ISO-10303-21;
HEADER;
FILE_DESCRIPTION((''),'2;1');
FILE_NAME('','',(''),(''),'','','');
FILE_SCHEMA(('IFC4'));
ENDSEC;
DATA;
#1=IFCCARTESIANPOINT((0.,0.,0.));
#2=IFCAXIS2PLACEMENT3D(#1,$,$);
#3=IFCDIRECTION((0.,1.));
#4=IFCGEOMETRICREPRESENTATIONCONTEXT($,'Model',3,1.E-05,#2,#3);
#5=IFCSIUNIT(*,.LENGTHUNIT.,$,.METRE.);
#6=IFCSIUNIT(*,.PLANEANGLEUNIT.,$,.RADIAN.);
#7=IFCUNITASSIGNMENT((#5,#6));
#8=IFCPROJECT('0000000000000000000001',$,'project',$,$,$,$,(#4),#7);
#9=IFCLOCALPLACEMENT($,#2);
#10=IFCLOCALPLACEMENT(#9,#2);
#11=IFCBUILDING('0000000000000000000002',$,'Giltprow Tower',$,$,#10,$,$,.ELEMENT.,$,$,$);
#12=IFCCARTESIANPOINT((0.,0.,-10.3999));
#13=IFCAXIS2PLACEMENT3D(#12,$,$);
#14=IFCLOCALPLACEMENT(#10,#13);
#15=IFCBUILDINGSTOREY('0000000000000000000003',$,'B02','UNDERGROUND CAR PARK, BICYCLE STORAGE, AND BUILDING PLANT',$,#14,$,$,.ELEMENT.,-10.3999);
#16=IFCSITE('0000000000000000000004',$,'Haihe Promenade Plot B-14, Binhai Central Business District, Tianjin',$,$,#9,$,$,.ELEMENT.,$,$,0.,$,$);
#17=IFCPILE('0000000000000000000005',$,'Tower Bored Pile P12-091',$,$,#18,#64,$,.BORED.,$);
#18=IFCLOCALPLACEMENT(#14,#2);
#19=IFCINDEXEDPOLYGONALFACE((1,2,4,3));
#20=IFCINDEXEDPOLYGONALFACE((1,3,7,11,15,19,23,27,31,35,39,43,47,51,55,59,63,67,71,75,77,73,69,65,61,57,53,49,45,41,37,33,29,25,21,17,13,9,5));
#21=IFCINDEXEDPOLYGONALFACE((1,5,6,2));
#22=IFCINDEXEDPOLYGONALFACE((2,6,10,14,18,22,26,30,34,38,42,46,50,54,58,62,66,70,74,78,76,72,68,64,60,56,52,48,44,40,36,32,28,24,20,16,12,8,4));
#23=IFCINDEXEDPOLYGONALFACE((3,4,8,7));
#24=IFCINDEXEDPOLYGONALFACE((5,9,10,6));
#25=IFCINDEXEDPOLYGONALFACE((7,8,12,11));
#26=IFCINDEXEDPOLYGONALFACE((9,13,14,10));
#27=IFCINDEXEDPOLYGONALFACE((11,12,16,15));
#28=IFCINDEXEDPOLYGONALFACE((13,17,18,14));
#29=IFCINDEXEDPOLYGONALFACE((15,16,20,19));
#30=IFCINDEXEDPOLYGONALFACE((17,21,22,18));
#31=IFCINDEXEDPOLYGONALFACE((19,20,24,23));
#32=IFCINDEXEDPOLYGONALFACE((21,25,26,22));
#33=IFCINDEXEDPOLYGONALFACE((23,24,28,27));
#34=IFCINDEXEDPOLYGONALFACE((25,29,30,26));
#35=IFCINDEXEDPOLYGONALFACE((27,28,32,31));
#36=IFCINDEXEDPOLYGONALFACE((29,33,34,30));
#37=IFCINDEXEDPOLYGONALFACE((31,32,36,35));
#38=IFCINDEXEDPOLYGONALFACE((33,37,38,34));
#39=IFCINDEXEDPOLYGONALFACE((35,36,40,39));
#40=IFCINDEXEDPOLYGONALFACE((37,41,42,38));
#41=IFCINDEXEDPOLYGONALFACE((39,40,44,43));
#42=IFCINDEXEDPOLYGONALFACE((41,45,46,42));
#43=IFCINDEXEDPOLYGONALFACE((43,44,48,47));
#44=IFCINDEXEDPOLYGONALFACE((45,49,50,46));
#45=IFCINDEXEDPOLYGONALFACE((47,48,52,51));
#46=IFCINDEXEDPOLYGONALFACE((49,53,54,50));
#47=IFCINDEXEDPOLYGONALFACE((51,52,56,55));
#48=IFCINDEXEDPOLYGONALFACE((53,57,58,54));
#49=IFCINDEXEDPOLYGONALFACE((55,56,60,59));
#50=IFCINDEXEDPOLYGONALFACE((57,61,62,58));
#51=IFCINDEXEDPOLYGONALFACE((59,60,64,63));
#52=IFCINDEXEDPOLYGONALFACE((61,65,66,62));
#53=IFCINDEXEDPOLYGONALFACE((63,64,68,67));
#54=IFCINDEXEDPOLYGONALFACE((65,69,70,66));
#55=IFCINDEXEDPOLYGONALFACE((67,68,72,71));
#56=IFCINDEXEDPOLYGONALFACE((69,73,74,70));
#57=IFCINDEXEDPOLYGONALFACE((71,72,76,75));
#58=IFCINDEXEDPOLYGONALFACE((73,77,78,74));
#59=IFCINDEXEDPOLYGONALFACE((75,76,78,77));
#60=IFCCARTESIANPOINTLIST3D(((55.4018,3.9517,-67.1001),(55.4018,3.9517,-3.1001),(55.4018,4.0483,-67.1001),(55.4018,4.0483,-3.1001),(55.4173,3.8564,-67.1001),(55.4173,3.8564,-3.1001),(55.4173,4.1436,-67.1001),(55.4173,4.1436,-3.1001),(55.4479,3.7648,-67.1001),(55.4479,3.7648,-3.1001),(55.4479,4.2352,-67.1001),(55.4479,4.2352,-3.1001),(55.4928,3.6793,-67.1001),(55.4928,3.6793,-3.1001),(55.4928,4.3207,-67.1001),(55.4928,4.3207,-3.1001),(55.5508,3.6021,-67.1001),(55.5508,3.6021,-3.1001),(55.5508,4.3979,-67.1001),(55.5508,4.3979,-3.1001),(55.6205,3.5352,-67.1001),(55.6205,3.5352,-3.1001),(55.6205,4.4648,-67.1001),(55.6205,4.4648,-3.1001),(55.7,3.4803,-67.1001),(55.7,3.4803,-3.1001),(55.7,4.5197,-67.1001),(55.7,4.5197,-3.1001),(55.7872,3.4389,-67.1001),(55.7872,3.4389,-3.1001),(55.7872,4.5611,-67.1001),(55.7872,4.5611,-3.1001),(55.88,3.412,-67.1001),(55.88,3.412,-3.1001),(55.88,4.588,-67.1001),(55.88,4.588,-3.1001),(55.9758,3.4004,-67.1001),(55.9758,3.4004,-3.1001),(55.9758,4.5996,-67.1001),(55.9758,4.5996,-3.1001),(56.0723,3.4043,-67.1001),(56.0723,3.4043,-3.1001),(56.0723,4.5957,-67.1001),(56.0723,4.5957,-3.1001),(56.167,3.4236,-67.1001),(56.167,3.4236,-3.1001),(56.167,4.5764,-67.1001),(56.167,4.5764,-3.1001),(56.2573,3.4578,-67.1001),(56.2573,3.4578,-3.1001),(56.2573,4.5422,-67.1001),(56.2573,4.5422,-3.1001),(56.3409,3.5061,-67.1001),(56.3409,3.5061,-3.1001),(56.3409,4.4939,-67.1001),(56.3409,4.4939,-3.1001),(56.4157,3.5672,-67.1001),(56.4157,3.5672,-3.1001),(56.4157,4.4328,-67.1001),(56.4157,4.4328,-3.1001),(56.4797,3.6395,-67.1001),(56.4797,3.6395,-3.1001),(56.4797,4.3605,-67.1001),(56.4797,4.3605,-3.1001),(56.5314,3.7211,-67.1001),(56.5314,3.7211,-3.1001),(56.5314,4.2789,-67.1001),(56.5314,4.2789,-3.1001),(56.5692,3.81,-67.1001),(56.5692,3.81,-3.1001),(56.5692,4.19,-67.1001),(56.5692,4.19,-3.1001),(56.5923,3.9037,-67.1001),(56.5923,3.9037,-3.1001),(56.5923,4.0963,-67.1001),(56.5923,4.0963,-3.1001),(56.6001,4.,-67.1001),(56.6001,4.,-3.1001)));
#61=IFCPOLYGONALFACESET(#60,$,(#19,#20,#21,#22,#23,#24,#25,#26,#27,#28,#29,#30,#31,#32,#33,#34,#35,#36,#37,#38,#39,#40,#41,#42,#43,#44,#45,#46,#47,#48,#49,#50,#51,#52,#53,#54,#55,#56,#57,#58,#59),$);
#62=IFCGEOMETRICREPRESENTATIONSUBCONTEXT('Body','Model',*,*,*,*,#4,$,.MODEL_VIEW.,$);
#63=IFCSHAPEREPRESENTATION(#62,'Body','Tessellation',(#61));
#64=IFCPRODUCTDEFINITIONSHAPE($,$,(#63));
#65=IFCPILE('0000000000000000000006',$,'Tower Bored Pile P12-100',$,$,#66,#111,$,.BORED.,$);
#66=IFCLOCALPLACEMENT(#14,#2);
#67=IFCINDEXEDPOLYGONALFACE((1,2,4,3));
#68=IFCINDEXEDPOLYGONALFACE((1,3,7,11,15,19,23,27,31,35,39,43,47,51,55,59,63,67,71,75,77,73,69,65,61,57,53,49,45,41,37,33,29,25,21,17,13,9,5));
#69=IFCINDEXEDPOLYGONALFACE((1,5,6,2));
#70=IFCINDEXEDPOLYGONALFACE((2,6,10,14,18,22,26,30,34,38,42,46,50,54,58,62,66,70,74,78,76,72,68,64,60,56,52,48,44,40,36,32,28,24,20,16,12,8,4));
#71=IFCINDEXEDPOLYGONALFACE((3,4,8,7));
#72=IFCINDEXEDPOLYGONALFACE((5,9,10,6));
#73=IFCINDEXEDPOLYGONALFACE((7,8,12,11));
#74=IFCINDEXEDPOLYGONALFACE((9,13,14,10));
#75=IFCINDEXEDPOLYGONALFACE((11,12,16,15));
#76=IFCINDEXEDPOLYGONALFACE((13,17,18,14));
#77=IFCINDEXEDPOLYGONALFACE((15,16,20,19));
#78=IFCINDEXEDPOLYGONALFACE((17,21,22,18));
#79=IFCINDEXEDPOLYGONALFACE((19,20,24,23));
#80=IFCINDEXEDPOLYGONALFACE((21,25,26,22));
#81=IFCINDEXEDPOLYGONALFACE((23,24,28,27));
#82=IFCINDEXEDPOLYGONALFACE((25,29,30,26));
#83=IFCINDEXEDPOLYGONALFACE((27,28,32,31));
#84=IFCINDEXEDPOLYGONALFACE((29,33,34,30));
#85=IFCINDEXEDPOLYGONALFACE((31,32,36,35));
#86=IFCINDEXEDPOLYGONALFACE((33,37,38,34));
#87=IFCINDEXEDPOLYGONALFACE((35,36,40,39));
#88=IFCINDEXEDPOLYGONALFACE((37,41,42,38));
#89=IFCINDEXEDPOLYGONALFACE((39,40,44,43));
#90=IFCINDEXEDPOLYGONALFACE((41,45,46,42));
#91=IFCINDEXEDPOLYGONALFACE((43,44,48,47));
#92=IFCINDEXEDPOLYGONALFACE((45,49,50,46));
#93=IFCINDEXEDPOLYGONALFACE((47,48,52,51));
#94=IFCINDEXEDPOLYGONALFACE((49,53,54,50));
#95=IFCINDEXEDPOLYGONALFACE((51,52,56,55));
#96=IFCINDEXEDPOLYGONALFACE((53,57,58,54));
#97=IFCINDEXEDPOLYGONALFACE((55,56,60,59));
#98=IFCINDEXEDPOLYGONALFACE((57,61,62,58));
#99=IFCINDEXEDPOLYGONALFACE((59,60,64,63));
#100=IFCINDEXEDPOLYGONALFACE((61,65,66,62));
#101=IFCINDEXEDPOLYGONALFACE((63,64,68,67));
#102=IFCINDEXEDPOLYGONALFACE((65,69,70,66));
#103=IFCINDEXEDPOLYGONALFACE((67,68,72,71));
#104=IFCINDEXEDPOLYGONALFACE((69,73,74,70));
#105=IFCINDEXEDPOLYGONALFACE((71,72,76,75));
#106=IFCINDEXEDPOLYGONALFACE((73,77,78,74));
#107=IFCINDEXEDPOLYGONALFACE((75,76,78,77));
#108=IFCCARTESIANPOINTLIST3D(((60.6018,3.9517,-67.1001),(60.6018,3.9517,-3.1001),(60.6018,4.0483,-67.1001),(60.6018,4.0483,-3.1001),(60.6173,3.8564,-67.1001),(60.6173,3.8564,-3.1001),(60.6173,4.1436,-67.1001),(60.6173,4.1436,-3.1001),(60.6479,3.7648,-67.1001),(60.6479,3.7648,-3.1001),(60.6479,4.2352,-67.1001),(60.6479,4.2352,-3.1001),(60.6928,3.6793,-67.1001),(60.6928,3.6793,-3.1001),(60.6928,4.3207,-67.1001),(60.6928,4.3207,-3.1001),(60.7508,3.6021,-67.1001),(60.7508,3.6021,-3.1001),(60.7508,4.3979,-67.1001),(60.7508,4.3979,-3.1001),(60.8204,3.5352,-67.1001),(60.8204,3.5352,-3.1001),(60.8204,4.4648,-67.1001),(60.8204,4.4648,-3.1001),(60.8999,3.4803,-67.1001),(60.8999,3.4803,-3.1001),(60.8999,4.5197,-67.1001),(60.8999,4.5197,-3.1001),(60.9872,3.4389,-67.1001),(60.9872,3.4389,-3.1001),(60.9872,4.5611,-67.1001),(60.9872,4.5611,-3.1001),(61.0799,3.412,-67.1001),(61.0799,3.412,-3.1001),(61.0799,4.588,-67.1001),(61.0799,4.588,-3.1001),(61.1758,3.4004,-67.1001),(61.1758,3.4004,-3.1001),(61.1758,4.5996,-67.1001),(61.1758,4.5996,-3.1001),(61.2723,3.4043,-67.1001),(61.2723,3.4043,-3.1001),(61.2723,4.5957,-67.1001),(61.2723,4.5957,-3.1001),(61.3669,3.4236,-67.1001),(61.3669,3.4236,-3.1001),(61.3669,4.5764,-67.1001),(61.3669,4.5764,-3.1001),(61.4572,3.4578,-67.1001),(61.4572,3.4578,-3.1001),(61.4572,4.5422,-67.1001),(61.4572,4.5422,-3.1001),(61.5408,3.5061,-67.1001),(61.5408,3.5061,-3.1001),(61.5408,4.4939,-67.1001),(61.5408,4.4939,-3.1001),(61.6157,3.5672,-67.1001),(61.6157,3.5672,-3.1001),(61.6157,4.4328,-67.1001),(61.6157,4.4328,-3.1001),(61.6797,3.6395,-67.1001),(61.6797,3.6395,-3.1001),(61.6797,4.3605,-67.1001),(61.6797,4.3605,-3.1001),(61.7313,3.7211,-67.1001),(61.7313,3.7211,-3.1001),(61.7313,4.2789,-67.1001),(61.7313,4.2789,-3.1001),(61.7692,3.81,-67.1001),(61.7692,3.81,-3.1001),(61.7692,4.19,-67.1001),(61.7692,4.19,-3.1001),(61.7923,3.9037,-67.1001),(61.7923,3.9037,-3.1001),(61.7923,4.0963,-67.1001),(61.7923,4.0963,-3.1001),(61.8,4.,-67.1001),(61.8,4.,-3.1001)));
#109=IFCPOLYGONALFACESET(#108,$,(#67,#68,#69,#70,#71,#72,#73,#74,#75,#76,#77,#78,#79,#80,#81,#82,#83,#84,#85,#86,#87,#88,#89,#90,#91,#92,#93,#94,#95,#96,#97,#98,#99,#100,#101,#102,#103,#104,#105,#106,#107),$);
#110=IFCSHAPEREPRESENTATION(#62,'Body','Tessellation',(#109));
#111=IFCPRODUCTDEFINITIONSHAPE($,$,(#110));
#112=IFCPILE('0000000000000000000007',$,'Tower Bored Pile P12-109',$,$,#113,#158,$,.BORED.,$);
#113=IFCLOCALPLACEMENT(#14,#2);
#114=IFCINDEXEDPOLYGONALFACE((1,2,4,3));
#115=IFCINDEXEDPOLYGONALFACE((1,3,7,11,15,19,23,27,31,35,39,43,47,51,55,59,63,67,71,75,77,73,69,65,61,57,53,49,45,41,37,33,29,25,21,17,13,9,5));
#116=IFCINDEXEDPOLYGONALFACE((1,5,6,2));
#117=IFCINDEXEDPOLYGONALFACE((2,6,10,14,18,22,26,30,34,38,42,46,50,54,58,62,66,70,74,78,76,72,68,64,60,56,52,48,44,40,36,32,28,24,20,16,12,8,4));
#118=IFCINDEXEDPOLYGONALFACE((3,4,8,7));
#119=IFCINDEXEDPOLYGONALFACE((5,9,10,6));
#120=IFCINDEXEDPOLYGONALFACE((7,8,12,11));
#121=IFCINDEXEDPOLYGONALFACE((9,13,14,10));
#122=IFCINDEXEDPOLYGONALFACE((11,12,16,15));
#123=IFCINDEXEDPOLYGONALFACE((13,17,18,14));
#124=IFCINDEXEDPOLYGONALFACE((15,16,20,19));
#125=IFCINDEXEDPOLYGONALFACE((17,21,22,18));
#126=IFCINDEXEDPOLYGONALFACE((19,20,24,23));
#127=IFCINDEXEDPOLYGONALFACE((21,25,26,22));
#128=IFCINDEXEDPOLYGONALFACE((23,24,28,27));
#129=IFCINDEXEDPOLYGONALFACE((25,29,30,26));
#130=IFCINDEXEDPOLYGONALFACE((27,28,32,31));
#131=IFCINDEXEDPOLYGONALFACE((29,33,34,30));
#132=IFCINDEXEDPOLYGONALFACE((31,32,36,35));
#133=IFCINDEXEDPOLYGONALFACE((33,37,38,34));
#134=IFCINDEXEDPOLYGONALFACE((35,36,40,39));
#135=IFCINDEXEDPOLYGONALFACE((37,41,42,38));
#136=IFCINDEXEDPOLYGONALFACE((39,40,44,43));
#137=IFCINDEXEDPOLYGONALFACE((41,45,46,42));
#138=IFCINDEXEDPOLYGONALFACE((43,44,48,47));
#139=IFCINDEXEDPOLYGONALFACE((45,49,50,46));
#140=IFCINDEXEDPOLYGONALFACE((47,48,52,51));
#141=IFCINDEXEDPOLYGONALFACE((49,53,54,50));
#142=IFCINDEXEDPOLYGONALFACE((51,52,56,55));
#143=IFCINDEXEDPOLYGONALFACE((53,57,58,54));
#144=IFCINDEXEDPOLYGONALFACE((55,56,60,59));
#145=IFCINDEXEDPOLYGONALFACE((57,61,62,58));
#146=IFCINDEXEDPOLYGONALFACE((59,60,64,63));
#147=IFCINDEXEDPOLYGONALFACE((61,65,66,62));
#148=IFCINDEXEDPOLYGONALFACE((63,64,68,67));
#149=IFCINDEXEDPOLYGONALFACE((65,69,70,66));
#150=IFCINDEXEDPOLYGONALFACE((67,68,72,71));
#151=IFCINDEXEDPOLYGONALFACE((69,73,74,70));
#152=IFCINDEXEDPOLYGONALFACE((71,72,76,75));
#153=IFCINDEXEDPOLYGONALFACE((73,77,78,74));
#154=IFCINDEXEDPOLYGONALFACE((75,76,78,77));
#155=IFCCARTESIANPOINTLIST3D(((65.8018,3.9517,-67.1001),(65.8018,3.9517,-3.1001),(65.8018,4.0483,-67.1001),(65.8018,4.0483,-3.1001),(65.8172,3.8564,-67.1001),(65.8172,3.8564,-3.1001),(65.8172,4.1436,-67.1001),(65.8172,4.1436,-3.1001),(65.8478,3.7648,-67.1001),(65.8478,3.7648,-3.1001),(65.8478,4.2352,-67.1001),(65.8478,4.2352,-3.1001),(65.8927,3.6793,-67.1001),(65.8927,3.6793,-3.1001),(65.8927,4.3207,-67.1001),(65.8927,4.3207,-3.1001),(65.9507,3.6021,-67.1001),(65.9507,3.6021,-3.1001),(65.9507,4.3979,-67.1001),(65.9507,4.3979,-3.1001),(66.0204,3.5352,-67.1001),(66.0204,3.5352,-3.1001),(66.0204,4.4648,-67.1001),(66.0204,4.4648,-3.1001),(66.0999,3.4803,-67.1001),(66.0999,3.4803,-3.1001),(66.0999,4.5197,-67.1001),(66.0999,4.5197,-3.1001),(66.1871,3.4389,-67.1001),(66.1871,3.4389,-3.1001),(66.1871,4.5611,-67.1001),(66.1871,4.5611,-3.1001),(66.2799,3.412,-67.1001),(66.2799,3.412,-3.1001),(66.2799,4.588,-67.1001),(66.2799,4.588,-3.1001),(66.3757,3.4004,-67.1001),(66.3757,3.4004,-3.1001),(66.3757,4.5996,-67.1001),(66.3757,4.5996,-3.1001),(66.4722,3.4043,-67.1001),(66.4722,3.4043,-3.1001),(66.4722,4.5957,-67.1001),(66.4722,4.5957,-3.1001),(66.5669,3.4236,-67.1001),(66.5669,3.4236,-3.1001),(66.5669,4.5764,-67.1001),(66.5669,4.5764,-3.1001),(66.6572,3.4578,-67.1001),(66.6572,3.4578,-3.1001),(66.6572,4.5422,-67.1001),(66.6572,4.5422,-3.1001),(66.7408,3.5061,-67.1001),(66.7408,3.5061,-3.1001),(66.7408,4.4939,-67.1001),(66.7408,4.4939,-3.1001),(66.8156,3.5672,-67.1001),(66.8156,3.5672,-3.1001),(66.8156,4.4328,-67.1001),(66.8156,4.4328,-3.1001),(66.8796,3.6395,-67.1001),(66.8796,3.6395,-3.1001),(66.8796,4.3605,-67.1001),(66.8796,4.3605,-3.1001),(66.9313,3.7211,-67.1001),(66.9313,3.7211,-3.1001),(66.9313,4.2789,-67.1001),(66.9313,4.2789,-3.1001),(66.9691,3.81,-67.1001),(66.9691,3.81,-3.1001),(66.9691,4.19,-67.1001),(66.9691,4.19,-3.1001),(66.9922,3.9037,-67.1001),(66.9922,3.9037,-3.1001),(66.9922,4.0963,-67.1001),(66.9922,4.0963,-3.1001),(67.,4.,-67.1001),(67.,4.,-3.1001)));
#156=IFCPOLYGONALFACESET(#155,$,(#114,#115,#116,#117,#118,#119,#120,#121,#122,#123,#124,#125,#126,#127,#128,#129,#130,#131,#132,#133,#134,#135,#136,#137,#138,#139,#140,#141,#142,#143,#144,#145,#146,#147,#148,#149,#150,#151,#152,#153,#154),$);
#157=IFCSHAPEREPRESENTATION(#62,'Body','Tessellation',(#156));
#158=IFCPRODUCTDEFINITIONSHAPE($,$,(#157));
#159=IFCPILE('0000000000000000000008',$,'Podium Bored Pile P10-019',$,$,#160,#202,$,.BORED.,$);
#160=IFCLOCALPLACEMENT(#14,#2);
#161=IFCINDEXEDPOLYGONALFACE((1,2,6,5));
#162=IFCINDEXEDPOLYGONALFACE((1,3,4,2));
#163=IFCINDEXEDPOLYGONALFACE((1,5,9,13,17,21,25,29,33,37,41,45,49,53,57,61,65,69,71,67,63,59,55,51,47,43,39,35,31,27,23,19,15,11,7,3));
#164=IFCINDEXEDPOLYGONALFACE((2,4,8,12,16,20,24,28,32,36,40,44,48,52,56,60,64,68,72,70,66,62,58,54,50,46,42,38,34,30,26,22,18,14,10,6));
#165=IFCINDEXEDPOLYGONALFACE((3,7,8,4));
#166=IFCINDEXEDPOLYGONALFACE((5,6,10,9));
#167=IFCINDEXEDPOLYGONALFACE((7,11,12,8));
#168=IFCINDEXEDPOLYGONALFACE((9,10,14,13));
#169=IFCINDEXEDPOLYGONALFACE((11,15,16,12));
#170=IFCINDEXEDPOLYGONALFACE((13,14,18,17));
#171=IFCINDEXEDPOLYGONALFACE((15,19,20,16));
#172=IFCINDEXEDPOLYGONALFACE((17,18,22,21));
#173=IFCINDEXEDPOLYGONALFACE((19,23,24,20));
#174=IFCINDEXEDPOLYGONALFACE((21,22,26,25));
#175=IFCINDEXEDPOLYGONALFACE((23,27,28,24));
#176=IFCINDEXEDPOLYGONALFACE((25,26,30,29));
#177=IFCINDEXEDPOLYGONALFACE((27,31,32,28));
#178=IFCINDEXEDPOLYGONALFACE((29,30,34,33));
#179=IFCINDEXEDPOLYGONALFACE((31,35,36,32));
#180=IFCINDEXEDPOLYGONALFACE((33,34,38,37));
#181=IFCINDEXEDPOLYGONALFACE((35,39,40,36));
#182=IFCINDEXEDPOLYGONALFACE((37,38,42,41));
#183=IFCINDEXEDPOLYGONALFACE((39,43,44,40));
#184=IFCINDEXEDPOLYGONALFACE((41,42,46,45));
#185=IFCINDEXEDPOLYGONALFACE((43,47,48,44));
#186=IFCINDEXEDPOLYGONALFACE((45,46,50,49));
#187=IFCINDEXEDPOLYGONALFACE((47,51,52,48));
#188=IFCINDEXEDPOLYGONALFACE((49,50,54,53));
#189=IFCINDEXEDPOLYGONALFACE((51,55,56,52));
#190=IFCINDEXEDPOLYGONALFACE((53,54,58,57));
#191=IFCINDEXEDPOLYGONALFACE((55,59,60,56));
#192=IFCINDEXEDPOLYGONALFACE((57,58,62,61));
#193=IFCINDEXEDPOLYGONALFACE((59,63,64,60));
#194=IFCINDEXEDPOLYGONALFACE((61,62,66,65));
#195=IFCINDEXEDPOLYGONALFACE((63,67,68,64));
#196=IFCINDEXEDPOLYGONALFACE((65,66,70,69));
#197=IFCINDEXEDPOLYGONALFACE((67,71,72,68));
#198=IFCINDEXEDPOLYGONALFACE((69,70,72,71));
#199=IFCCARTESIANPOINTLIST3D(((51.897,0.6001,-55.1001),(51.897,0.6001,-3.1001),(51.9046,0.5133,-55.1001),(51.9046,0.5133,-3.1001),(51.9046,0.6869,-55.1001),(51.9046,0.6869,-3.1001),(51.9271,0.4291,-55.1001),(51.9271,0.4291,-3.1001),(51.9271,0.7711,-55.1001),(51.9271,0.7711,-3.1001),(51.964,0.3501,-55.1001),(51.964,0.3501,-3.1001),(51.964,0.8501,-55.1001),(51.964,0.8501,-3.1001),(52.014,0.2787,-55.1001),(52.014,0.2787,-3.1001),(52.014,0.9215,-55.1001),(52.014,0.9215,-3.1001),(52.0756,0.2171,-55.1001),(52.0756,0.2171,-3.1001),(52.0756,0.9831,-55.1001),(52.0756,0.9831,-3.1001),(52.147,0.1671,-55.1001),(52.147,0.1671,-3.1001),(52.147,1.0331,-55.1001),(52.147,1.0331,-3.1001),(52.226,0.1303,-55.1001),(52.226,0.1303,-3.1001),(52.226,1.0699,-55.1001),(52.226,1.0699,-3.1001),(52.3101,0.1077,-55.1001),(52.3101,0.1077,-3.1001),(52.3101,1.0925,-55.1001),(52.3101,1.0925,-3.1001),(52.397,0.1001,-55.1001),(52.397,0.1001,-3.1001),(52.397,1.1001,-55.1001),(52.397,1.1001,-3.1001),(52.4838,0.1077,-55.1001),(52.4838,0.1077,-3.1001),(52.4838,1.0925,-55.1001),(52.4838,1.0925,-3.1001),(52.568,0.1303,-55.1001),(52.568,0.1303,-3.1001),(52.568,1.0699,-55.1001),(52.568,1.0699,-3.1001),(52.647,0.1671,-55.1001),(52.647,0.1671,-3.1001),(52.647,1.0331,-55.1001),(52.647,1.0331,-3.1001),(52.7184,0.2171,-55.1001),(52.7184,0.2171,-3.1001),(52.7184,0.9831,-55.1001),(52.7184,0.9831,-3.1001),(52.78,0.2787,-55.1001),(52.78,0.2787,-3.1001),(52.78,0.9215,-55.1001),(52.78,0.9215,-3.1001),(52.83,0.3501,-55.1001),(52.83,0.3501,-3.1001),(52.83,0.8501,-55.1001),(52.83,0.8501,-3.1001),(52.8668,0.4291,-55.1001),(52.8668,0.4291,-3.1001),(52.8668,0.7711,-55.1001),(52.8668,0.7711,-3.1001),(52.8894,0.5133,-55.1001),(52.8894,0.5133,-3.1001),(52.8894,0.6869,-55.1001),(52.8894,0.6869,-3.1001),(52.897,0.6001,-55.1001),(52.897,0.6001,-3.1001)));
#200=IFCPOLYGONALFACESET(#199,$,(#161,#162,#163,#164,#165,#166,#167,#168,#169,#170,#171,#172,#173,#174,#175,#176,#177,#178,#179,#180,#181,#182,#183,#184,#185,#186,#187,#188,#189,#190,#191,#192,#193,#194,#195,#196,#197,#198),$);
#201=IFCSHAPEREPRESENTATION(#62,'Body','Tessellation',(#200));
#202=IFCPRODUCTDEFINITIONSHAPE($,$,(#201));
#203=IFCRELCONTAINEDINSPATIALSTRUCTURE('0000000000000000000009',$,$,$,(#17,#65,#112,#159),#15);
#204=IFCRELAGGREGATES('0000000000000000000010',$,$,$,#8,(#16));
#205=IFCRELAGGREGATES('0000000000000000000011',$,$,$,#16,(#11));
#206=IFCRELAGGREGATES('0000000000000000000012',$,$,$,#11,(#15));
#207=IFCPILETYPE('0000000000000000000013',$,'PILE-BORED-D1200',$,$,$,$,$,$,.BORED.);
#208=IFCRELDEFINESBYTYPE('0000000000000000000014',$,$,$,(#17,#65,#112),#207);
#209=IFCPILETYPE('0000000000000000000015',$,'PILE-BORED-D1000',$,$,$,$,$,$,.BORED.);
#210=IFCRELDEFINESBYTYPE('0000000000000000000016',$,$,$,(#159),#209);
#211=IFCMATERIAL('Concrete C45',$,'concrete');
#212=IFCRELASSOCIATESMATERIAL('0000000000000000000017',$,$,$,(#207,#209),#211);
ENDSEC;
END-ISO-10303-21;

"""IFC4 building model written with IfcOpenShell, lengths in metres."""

from ifc_helpers import new_model, si_unit, direction, frame, origin, origin_2d, place, context, subcontext, project, spatial, circle, extrude, source, transform, mapped, material, material_profile, profile_set, type_object, element, save


model = new_model("IFC4")

# Units and contexts
model_context = context("Model", 3, precision=1e-05, world=origin(), true_north=direction((0.0, 1.0)))
body_context = subcontext(model_context, "Body", "Model", "MODEL_VIEW")
ifc_project = project(units=[si_unit("LENGTHUNIT", "METRE"), si_unit("PLANEANGLEUNIT", "RADIAN")], contexts=[model_context])

# Site, building, storey
site_placement = place(None, origin())
site = spatial("IfcSite", under=ifc_project, at=site_placement, Name="Haihe Promenade Plot B-14, Binhai Central Business District, Tianjin", CompositionType="ELEMENT", RefElevation=0.0)
building_placement = place(site_placement, origin())
building = spatial("IfcBuilding", under=site, at=building_placement, Name="Giltprow Tower", CompositionType="ELEMENT")
storey_placement = place(building_placement, frame((0.0, 0.0, -10.3999)))
storey = spatial("IfcBuildingStorey", under=building, at=storey_placement, Name="B02", Description="UNDERGROUND CAR PARK, BICYCLE STORAGE, AND BUILDING PLANT", CompositionType="ELEMENT", Elevation=-10.3999)

# Piles
ifc_material_1 = material(Name="Concrete C45", Category="concrete")
ifc_material_profile_1 = material_profile(ifc_material_1, circle(Radius=0.6001, at=origin_2d()), Name="PILE D1200")
ifc_profile_set_1 = profile_set([ifc_material_profile_1], Name="Concrete C45")
pile_type_1 = type_object("IfcPileType", Name="PILE-BORED-D1200", PredefinedType="BORED", material=ifc_profile_set_1)
shared_shape_1 = source(origin(), body_context, "Body", "SweptSolid", [
    extrude(circle(Radius=0.6001, at=origin_2d()), origin(), (0.0, 0.0, 1.0), 64.0),
])
for number, where, z_axis, x_axis, name in (
    (1, (56.0, 4.0, -3.1001), (0.0, 0.0, -1.0), (1.0, 0.0, 0.0), "Tower Bored Pile P12-091"),
    (2, (61.2, 4.0, -3.1001), (0.0, 0.0, -1.0), (1.0, 0.0, 0.0), "Tower Bored Pile P12-100"),
    (3, (66.3999, 4.0, -3.1001), (0.0, 0.0, -1.0), (1.0, 0.0, 0.0), "Tower Bored Pile P12-109"),
):
    element("IfcPile", number, at=place(storey_placement, frame(where, z_axis=z_axis, x_axis=x_axis)), inside=storey, type_object=pile_type_1, Name=name, PredefinedType="BORED", context=body_context, shape_type="MappedRepresentation", body=[
        mapped(shared_shape_1, transform((0.0, 0.0, 0.0), x_axis=(1.0, 0.0, 0.0), y_axis=(0.0, 1.0, 0.0), z_axis=(0.0, 0.0, 1.0), scale=1.0)),
    ])
ifc_material_profile_2 = material_profile(ifc_material_1, circle(Radius=0.5, at=origin_2d()), Name="PILE D1000")
ifc_profile_set_2 = profile_set([ifc_material_profile_2], Name="Concrete C45")
pile_type_2 = type_object("IfcPileType", Name="PILE-BORED-D1000", PredefinedType="BORED", material=ifc_profile_set_2)
shared_shape_2 = source(origin(), body_context, "Body", "SweptSolid", [
    extrude(circle(Radius=0.5, at=origin_2d()), origin(), (0.0, 0.0, 1.0), 52.0),
])
for number, where, z_axis, x_axis, name in (
    (4, (52.397, 0.6001, -3.1001), (0.0, 0.0, -1.0), (1.0, 0.0, 0.0), "Podium Bored Pile P10-019"),
):
    element("IfcPile", number, at=place(storey_placement, frame(where, z_axis=z_axis, x_axis=x_axis)), inside=storey, type_object=pile_type_2, Name=name, PredefinedType="BORED", context=body_context, shape_type="MappedRepresentation", body=[
        mapped(shared_shape_2, transform((0.0, 0.0, 0.0), x_axis=(1.0, 0.0, 0.0), y_axis=(0.0, 1.0, 0.0), z_axis=(0.0, 0.0, 1.0), scale=1.0)),
    ])

save(model, "model.ifc")
